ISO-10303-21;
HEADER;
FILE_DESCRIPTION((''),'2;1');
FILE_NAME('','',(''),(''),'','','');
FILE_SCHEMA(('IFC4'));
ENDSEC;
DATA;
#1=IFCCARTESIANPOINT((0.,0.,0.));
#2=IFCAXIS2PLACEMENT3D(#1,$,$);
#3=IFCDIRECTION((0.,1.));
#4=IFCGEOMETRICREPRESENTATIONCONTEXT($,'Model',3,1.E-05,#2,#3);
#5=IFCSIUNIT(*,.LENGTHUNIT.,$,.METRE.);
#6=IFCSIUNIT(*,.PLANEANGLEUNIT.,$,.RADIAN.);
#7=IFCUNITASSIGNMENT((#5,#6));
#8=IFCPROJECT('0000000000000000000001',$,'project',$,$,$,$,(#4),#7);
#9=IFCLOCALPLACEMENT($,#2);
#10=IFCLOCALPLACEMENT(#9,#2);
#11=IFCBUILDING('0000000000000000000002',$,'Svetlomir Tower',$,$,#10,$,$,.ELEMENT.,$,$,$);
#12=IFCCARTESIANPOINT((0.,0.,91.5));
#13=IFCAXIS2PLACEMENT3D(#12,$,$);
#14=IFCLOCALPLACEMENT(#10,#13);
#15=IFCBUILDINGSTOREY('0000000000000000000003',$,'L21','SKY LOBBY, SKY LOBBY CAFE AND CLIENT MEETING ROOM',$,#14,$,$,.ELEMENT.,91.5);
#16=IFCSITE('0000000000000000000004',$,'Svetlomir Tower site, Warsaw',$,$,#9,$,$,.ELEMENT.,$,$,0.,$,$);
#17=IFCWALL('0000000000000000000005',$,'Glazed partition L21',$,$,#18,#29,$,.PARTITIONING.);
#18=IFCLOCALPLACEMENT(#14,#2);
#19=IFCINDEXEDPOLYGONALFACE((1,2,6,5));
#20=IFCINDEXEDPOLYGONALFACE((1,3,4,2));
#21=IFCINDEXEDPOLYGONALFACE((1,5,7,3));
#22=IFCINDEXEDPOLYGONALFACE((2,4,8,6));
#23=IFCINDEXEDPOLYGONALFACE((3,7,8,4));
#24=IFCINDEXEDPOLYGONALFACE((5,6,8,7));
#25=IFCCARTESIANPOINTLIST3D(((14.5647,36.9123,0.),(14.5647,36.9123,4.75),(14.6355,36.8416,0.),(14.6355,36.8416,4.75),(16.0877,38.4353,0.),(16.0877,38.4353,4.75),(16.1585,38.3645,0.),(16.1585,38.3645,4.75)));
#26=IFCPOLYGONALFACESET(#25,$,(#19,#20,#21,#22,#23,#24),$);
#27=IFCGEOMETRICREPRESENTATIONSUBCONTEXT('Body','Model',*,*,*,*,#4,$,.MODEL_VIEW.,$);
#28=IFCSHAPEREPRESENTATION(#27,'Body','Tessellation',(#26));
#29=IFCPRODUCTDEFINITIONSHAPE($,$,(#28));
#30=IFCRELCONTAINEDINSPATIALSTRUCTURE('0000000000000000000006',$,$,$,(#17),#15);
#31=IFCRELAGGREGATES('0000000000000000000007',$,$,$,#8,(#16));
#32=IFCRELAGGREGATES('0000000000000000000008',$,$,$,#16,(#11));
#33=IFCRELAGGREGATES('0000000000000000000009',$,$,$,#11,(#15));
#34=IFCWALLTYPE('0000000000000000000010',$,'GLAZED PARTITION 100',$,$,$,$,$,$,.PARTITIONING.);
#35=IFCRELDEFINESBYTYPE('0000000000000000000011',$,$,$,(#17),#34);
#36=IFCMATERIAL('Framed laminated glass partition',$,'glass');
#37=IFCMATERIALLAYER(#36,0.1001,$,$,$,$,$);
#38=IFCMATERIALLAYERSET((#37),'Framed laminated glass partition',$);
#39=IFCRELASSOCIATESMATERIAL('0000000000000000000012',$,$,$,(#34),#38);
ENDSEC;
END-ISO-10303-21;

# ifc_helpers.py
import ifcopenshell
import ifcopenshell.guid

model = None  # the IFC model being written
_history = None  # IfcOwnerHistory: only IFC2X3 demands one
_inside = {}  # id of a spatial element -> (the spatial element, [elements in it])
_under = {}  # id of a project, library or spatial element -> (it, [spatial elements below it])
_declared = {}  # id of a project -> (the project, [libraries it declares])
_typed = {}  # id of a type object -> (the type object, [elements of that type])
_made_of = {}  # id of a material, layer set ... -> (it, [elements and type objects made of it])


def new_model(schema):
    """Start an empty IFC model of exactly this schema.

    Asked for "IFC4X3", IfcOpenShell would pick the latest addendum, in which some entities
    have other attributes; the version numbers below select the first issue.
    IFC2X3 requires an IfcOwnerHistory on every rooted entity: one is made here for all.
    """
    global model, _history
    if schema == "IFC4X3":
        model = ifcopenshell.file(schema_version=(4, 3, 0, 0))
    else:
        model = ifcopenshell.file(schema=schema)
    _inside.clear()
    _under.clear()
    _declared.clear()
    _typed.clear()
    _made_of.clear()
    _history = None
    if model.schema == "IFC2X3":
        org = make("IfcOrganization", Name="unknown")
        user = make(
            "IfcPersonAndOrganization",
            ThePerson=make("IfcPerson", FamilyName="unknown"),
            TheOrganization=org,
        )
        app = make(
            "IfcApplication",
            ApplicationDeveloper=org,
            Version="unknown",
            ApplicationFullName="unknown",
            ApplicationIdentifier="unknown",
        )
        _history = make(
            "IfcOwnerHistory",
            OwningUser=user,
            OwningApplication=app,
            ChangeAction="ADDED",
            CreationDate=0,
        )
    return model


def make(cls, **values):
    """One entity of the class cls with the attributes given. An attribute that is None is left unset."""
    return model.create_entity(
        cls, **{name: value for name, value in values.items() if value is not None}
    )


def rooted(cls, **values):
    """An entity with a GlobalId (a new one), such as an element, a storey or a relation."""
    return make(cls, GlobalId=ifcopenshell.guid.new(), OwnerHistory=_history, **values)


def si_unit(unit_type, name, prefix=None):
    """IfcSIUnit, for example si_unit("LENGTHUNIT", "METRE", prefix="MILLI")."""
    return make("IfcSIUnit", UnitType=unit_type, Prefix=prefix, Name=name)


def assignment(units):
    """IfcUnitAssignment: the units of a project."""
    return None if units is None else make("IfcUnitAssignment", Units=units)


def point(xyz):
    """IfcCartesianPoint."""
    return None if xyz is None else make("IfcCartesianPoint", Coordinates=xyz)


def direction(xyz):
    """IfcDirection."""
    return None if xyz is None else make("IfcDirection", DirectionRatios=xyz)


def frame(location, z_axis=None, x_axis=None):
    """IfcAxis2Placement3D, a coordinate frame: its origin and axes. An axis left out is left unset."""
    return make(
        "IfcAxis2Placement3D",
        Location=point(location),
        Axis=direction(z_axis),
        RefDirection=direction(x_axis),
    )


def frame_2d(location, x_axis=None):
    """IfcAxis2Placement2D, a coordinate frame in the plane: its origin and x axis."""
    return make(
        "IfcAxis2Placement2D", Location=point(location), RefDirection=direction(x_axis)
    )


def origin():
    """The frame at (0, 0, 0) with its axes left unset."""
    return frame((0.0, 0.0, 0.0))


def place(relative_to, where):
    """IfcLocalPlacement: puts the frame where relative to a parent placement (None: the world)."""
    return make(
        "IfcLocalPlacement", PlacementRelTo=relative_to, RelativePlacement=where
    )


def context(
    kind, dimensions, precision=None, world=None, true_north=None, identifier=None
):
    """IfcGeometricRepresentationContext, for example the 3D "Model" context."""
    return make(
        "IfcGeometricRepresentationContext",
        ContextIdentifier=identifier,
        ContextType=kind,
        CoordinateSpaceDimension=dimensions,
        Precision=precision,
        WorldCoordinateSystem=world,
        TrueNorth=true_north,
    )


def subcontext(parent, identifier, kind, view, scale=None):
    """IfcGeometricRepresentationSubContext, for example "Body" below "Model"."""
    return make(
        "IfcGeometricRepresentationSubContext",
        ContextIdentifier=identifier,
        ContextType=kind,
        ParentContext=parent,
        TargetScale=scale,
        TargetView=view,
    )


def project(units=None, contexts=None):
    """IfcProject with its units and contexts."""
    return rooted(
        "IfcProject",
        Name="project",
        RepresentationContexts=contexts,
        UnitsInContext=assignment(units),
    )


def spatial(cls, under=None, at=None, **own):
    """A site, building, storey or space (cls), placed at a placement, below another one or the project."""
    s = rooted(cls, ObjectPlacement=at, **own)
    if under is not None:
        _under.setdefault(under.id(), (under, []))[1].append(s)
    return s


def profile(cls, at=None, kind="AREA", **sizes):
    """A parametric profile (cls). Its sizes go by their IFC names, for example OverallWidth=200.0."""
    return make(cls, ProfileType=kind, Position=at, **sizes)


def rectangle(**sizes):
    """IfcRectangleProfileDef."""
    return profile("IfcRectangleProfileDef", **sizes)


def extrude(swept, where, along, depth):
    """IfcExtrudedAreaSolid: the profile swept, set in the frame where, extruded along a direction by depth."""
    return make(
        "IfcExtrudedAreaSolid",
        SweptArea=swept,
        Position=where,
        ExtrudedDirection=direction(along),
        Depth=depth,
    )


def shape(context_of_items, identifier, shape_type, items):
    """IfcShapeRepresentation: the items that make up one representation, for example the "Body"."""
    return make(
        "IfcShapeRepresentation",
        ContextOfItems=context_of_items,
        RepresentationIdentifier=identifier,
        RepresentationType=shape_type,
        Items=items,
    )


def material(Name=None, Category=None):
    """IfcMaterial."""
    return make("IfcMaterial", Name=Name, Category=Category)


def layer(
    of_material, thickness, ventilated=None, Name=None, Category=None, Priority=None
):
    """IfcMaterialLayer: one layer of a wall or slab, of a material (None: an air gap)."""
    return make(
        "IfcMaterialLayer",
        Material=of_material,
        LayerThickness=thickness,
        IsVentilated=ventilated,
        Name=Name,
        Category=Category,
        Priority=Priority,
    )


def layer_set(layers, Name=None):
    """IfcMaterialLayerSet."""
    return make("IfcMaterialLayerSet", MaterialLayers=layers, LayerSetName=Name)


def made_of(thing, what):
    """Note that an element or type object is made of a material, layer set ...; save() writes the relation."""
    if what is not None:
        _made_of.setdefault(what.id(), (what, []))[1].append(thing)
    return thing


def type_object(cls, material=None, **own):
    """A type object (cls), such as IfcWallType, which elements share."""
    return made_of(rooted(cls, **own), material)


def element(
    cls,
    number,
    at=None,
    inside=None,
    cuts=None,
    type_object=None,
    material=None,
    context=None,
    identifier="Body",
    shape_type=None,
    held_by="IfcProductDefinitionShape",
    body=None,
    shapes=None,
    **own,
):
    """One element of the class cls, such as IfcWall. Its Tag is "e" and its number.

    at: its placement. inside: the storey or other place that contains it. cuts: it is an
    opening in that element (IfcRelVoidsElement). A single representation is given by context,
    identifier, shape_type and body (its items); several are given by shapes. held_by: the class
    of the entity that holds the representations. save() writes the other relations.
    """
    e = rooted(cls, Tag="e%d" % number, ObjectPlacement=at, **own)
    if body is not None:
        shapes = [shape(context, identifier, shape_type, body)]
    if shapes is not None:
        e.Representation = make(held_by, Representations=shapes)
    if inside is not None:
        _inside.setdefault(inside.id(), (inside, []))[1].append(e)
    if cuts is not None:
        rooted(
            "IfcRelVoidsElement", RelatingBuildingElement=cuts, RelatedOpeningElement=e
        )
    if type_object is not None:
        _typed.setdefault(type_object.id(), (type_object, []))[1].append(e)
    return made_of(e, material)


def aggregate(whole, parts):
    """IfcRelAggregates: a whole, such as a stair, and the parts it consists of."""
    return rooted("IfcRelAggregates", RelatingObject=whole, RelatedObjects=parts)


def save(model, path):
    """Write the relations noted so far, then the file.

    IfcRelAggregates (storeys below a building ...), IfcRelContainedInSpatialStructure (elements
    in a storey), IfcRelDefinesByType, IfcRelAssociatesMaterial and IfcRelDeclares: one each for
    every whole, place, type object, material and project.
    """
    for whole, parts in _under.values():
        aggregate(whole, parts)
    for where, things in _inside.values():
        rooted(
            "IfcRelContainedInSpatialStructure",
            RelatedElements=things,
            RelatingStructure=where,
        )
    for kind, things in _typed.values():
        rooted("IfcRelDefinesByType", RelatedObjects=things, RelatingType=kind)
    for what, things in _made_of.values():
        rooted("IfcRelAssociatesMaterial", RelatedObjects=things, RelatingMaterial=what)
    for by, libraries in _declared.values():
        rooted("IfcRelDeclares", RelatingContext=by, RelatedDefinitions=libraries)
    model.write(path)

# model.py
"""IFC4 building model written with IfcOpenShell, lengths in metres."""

from ifc_helpers import new_model, si_unit, direction, frame, frame_2d, origin, place, context, subcontext, project, spatial, rectangle, extrude, material, layer, layer_set, type_object, element, save


model = new_model("IFC4")

# Units and contexts
model_context = context("Model", 3, precision=1e-05, world=origin(), true_north=direction((0.0, 1.0)))
body_context = subcontext(model_context, "Body", "Model", "MODEL_VIEW")
ifc_project = project(units=[si_unit("LENGTHUNIT", "METRE"), si_unit("PLANEANGLEUNIT", "RADIAN")], contexts=[model_context])

# Site, building, storey
site_placement = place(None, origin())
site = spatial("IfcSite", under=ifc_project, at=site_placement, Name="Svetlomir Tower site, Warsaw", CompositionType="ELEMENT", RefElevation=0.0)
building_placement = place(site_placement, origin())
building = spatial("IfcBuilding", under=site, at=building_placement, Name="Svetlomir Tower", CompositionType="ELEMENT")
storey_placement = place(building_placement, frame((0.0, 0.0, 91.5)))
storey = spatial("IfcBuildingStorey", under=building, at=storey_placement, Name="L21", Description="SKY LOBBY, SKY LOBBY CAFE AND CLIENT MEETING ROOM", CompositionType="ELEMENT", Elevation=91.5)

# Wall
ifc_material_1 = material(Name="Framed laminated glass partition", Category="glass")
ifc_layer_1 = layer(ifc_material_1, 0.1001)
ifc_layer_set_1 = layer_set([ifc_layer_1], Name="Framed laminated glass partition")
wall_type_1 = type_object("IfcWallType", Name="GLAZED PARTITION 100", PredefinedType="PARTITIONING", material=ifc_layer_set_1)
for number, where, z_axis, x_axis, name in (
    (1, (14.6001, 36.877, 0.0), (0.0, 0.0, 1.0), (0.707107, 0.707107, 0.0), "Glazed partition L21"),
):
    element("IfcWall", number, at=place(storey_placement, frame(where, z_axis=z_axis, x_axis=x_axis)), inside=storey, type_object=wall_type_1, Name=name, PredefinedType="PARTITIONING", context=body_context, shape_type="SweptSolid", body=[
        extrude(rectangle(XDim=2.1538, YDim=0.1001, at=frame_2d((1.0769, 0.0))), origin(), (0.0, 0.0, 1.0), 4.75),
    ])

save(model, "model.ifc")
